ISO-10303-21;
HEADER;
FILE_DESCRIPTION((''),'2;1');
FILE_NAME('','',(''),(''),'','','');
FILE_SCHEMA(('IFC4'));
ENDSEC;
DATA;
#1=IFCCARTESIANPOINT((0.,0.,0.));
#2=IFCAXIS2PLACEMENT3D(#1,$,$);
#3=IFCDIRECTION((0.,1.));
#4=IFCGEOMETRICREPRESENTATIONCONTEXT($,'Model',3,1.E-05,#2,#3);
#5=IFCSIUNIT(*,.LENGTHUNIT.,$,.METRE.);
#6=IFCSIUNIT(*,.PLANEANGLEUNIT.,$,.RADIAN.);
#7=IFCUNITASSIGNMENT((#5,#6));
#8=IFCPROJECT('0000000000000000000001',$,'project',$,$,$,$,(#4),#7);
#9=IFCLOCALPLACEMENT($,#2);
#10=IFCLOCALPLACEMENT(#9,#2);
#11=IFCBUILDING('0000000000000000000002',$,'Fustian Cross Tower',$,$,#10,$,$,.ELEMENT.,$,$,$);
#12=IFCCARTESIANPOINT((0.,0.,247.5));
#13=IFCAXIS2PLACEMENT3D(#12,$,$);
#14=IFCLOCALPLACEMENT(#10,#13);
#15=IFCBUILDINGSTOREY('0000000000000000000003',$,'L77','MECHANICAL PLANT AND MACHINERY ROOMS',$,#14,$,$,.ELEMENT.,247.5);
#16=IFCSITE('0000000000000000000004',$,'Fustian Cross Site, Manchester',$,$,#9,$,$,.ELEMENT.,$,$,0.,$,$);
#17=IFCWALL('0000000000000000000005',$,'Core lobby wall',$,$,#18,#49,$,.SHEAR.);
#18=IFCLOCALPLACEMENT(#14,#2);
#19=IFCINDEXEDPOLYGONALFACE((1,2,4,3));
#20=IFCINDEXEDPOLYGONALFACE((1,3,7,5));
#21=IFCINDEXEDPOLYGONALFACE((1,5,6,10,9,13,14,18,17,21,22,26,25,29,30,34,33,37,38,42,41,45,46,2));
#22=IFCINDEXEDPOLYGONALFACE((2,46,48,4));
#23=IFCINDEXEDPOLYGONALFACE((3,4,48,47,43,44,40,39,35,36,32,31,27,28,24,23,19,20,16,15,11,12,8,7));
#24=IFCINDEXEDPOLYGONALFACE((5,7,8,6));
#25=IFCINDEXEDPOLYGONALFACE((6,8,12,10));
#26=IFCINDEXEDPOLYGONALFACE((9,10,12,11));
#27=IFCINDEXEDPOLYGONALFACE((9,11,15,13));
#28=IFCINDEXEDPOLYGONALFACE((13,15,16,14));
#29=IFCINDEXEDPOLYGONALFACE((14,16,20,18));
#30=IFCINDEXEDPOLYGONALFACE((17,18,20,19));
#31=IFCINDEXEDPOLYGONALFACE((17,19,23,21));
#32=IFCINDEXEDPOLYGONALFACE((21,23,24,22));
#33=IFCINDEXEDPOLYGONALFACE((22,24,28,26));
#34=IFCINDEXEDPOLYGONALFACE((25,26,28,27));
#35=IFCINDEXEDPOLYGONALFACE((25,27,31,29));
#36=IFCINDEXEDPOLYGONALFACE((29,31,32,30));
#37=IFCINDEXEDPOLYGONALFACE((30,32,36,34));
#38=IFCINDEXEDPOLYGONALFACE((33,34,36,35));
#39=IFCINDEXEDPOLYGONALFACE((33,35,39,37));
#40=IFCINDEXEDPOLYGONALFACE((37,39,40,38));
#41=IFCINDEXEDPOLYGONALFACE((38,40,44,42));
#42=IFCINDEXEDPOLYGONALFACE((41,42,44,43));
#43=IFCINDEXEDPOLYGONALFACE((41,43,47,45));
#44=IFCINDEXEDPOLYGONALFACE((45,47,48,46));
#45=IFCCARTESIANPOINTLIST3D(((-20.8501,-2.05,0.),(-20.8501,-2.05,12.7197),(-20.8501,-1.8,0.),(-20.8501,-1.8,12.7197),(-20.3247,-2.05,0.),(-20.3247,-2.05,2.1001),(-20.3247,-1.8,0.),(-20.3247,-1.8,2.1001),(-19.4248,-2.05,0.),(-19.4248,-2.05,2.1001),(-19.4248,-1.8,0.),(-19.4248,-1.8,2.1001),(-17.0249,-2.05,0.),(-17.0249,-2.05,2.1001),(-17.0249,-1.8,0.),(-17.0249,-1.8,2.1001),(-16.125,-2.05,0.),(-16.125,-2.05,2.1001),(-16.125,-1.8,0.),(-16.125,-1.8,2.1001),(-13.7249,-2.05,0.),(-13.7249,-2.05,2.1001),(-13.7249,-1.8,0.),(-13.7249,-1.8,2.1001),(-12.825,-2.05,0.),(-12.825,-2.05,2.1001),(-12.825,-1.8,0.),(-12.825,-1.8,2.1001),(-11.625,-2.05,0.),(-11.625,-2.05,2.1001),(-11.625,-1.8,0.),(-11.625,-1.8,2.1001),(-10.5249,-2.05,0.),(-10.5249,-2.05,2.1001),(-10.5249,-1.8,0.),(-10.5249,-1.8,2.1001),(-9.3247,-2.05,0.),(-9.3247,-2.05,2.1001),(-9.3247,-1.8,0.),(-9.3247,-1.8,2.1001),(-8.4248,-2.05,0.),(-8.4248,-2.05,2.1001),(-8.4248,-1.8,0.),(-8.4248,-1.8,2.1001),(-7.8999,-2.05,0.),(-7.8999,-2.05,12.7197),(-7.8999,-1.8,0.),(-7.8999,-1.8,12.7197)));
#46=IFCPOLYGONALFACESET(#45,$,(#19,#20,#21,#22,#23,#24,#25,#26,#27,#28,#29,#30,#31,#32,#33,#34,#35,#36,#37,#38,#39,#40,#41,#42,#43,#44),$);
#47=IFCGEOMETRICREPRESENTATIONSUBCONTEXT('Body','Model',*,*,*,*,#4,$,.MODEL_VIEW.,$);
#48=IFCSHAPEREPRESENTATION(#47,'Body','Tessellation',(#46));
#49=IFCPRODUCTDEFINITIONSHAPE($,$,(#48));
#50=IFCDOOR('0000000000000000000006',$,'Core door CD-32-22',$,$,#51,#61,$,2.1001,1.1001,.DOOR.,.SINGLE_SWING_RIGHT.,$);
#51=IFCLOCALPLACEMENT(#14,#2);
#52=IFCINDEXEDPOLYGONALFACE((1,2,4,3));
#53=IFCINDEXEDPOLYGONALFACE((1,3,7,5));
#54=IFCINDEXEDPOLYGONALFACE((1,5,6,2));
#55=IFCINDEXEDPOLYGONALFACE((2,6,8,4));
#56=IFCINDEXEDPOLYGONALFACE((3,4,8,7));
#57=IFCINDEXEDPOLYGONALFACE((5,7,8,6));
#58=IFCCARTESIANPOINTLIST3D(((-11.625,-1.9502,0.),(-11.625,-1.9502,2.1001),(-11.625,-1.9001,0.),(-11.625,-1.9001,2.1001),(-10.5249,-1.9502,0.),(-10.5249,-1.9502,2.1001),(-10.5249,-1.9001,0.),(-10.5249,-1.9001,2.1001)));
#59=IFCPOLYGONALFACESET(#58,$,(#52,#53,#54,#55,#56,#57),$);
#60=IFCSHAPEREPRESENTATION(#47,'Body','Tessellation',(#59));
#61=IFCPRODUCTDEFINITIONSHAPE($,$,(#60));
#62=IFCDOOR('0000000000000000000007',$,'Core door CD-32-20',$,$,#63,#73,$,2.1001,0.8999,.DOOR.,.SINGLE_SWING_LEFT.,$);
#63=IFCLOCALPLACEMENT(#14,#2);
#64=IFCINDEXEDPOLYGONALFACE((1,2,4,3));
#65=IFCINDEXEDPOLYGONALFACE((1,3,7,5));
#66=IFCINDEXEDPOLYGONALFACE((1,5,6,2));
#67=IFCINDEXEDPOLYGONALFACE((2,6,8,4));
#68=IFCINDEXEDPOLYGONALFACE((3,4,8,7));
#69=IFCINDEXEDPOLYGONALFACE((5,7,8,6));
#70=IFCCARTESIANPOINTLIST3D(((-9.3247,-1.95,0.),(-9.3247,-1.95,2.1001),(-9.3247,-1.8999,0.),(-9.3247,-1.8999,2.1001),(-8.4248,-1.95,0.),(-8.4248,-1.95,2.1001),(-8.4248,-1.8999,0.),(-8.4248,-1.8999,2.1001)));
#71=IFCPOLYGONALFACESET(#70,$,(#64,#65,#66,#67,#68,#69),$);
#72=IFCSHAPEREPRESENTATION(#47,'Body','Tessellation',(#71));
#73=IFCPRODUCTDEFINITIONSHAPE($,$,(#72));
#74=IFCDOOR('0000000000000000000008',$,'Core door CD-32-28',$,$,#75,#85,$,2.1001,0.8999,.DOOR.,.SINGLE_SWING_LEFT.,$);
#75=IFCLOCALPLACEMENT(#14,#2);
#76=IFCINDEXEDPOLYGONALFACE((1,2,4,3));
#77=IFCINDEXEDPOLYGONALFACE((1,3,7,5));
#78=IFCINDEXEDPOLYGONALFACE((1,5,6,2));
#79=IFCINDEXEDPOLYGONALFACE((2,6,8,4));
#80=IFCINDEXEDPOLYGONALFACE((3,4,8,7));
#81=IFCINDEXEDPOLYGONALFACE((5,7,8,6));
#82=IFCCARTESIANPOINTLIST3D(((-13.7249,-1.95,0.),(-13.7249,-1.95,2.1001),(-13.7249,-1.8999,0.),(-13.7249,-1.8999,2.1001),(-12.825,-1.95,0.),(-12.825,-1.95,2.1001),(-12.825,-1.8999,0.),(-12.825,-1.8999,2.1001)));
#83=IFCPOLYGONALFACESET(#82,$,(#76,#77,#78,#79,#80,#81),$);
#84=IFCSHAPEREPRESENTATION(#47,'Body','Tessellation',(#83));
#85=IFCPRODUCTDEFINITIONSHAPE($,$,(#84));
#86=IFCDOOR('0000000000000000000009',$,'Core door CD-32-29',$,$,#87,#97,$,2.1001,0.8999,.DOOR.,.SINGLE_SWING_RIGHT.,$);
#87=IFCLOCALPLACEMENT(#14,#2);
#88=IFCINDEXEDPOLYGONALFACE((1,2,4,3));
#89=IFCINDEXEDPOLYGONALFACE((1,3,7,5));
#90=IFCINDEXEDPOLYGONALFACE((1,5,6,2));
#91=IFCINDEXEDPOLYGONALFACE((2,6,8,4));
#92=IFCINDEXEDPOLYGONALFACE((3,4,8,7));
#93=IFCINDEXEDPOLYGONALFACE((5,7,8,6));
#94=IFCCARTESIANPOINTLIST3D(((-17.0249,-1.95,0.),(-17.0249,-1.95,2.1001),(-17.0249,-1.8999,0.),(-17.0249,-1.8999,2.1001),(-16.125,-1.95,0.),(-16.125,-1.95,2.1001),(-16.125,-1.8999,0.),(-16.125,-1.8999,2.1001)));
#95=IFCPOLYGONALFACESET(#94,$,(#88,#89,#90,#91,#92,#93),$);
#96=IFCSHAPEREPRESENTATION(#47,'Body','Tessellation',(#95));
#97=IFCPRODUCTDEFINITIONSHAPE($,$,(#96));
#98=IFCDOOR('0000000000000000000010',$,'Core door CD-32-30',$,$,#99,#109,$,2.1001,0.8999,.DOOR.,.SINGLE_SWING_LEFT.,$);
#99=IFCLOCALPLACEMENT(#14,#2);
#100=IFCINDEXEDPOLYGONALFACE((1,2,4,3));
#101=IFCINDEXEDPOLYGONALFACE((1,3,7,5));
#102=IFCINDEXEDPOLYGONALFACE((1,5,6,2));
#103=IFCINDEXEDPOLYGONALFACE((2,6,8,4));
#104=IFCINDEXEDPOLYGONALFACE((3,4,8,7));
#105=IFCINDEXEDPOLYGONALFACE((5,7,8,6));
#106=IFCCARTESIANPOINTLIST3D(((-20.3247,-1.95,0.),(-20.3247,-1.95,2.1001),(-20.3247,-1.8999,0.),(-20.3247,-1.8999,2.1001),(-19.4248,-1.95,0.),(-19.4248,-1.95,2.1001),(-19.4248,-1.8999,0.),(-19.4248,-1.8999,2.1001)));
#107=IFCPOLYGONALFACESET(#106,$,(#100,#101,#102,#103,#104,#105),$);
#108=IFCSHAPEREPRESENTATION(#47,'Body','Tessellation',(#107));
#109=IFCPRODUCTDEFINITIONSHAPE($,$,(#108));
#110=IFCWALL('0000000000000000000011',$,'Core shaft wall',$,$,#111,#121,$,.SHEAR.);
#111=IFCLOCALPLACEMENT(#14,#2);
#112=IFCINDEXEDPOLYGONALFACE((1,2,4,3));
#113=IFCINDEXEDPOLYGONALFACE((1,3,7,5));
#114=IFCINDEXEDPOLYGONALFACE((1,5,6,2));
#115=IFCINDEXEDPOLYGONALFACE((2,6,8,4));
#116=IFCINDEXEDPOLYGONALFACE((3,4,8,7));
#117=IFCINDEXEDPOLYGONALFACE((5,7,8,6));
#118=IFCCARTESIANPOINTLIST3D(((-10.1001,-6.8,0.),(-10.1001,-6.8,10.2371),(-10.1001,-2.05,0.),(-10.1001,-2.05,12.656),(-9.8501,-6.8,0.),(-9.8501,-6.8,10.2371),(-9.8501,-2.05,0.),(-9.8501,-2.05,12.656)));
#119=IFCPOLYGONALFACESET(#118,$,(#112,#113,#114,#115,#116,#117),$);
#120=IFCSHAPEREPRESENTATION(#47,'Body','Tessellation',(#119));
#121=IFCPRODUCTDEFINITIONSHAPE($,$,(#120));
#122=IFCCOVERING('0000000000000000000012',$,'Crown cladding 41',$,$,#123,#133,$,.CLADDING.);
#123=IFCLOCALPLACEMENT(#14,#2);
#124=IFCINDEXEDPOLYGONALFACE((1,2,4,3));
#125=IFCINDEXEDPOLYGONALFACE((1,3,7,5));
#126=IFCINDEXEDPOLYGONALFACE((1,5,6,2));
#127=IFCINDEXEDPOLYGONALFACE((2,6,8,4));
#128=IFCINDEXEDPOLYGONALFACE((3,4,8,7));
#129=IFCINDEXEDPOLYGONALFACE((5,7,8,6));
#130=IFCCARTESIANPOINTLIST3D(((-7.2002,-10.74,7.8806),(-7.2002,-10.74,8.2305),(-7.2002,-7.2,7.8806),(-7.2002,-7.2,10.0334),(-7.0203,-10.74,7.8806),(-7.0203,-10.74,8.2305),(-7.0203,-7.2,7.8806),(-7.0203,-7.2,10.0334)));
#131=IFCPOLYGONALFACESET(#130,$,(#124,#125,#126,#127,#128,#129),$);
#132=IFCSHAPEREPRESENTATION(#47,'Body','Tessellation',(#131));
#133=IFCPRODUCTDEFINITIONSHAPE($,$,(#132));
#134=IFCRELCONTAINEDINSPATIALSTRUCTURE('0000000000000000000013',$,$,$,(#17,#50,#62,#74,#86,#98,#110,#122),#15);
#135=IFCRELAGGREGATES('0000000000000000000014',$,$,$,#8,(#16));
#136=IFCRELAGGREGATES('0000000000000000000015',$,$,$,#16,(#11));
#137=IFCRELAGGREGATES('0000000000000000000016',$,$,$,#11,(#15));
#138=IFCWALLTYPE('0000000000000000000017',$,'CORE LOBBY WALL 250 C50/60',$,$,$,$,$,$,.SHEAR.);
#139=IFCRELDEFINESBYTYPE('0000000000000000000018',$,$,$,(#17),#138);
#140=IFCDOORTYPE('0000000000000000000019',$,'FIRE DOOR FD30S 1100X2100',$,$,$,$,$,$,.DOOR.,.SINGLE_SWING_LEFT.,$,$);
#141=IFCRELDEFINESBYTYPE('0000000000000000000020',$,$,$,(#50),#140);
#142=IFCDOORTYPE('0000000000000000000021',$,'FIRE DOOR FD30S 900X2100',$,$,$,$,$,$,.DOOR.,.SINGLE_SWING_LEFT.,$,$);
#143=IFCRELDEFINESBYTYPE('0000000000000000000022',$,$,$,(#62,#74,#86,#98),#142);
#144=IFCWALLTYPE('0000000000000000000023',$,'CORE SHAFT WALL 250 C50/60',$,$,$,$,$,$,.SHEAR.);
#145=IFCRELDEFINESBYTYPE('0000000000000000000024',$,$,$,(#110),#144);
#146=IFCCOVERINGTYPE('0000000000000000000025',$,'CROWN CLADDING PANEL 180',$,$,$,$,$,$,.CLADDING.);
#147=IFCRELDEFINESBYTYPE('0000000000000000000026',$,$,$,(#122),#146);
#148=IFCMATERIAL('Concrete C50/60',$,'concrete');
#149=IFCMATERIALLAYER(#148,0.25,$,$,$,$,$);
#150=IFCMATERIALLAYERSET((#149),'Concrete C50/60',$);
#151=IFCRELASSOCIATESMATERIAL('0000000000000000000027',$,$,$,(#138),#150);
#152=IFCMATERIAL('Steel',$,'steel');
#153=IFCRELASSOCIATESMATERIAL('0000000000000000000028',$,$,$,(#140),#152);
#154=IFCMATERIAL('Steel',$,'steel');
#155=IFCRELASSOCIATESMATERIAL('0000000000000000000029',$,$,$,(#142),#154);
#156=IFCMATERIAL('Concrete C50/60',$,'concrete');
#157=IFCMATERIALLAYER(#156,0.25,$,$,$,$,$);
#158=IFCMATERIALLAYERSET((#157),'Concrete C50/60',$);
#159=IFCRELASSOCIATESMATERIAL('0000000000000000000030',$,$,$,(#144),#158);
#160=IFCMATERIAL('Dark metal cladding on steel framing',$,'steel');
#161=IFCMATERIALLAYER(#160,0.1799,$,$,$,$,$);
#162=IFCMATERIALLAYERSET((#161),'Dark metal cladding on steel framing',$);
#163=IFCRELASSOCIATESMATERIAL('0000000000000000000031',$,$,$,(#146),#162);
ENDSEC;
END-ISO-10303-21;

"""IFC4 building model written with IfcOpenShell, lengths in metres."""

from ifc_helpers import new_model, si_unit, direction, frame, frame_2d, origin, place, context, subcontext, project, spatial, polyline, rectangle, outline, extrude, material, layer, layer_set, type_object, element, fill, save


model = new_model("IFC4")

# Units and contexts
model_context = context("Model", 3, precision=1e-05, world=origin(), true_north=direction((0.0, 1.0)))
body_context = subcontext(model_context, "Body", "Model", "MODEL_VIEW")
ifc_project = project(units=[si_unit("LENGTHUNIT", "METRE"), si_unit("PLANEANGLEUNIT", "RADIAN")], contexts=[model_context])

# Site, building, storey
site_placement = place(None, origin())
site = spatial("IfcSite", under=ifc_project, at=site_placement, Name="Fustian Cross Site, Manchester", CompositionType="ELEMENT", RefElevation=0.0)
building_placement = place(site_placement, origin())
building = spatial("IfcBuilding", under=site, at=building_placement, Name="Fustian Cross Tower", CompositionType="ELEMENT")
storey_placement = place(building_placement, frame((0.0, 0.0, 247.5)))
storey = spatial("IfcBuildingStorey", under=building, at=storey_placement, Name="L77", Description="MECHANICAL PLANT AND MACHINERY ROOMS", CompositionType="ELEMENT", Elevation=247.5)

# Wall, openings, doors
ifc_material_1 = material(Name="Concrete C50/60", Category="concrete")
ifc_layer_1 = layer(ifc_material_1, 0.25)
ifc_layer_set_1 = layer_set([ifc_layer_1], Name="Concrete C50/60")
wall_type_1 = type_object("IfcWallType", Name="CORE LOBBY WALL 250 C50/60", PredefinedType="SHEAR", material=ifc_layer_set_1)
wall_1_placement = place(storey_placement, frame((-7.8999, -1.925, 0.0), z_axis=(0.0, 0.0, 1.0), x_axis=(-1.0, 0.0, 0.0)))
wall_1 = element("IfcWall", 1, at=wall_1_placement, inside=storey, type_object=wall_type_1, Name="Core lobby wall", PredefinedType="SHEAR", context=body_context, shape_type="SweptSolid", body=[
    extrude(rectangle(XDim=12.9502, YDim=0.25, at=frame_2d((6.4751, 0.0))), origin(), (0.0, 0.0, 1.0), 12.7197),
])
opening_1_placement = place(wall_1_placement, frame((0.5249, 0.0, 0.0)))
opening_1 = element("IfcOpeningElement", 2, at=opening_1_placement, cuts=wall_1, PredefinedType="OPENING", context=body_context, shape_type="SweptSolid", body=[
    extrude(rectangle(XDim=0.8999, YDim=2.1001, at=frame_2d((0.45, 1.05))), frame((0.0, 0.135, 0.0), z_axis=(0.0, -1.0, 0.0), x_axis=(1.0, 0.0, 0.0)), (0.0, 0.0, 1.0), 0.27),
])
opening_2_placement = place(wall_1_placement, frame((2.625, 0.0, 0.0)))
opening_2 = element("IfcOpeningElement", 3, at=opening_2_placement, cuts=wall_1, PredefinedType="OPENING", context=body_context, shape_type="SweptSolid", body=[
    extrude(rectangle(XDim=1.1001, YDim=2.1001, at=frame_2d((0.55, 1.05))), frame((0.0, 0.135, 0.0), z_axis=(0.0, -1.0, 0.0), x_axis=(1.0, 0.0, 0.0)), (0.0, 0.0, 1.0), 0.27),
])
opening_3_placement = place(wall_1_placement, frame((4.925, 0.0, 0.0)))
opening_3 = element("IfcOpeningElement", 4, at=opening_3_placement, cuts=wall_1, PredefinedType="OPENING", context=body_context, shape_type="SweptSolid", body=[
    extrude(rectangle(XDim=0.8999, YDim=2.1001, at=frame_2d((0.45, 1.05))), frame((0.0, 0.135, 0.0), z_axis=(0.0, -1.0, 0.0), x_axis=(1.0, 0.0, 0.0)), (0.0, 0.0, 1.0), 0.27),
])
opening_4_placement = place(wall_1_placement, frame((8.2251, 0.0, 0.0)))
opening_4 = element("IfcOpeningElement", 5, at=opening_4_placement, cuts=wall_1, PredefinedType="OPENING", context=body_context, shape_type="SweptSolid", body=[
    extrude(rectangle(XDim=0.8999, YDim=2.1001, at=frame_2d((0.45, 1.05))), frame((0.0, 0.135, 0.0), z_axis=(0.0, -1.0, 0.0), x_axis=(1.0, 0.0, 0.0)), (0.0, 0.0, 1.0), 0.27),
])
opening_5_placement = place(wall_1_placement, frame((11.5249, 0.0, 0.0)))
opening_5 = element("IfcOpeningElement", 6, at=opening_5_placement, cuts=wall_1, PredefinedType="OPENING", context=body_context, shape_type="SweptSolid", body=[
    extrude(rectangle(XDim=0.8999, YDim=2.1001, at=frame_2d((0.45, 1.05))), frame((0.0, 0.135, 0.0), z_axis=(0.0, -1.0, 0.0), x_axis=(1.0, 0.0, 0.0)), (0.0, 0.0, 1.0), 0.27),
])
ifc_material_2 = material(Name="Steel", Category="steel")
door_type_1 = type_object("IfcDoorType", Name="FIRE DOOR FD30S 1100X2100", OperationType="SINGLE_SWING_LEFT", PredefinedType="DOOR", material=ifc_material_2)
door_1_placement = place(opening_2_placement, frame((1.1001, 0.0, 0.0), z_axis=(0.0, 0.0, 1.0), x_axis=(-1.0, 0.0, 0.0)))
door_1 = element("IfcDoor", 7, at=door_1_placement, inside=storey, type_object=door_type_1, Name="Core door CD-32-22", OperationType="SINGLE_SWING_RIGHT", OverallHeight=2.1001, OverallWidth=1.1001, PredefinedType="DOOR", context=body_context, shape_type="SweptSolid", body=[
    extrude(rectangle(XDim=1.1001, YDim=2.1001, at=frame_2d((0.55, 1.05))), frame((0.0, 0.0249, 0.0), z_axis=(0.0, -1.0, 0.0), x_axis=(1.0, 0.0, 0.0)), (0.0, 0.0, 1.0), 0.05),
])
fill(opening_2, door_1)
ifc_material_3 = material(Name="Steel", Category="steel")
door_type_2 = type_object("IfcDoorType", Name="FIRE DOOR FD30S 900X2100", OperationType="SINGLE_SWING_LEFT", PredefinedType="DOOR", material=ifc_material_3)
door_2_placement = place(opening_1_placement, origin())
door_2 = element("IfcDoor", 8, at=door_2_placement, inside=storey, type_object=door_type_2, Name="Core door CD-32-20", OperationType="SINGLE_SWING_LEFT", OverallHeight=2.1001, OverallWidth=0.8999, PredefinedType="DOOR", context=body_context, shape_type="SweptSolid", body=[
    extrude(rectangle(XDim=0.8999, YDim=2.1001, at=frame_2d((0.45, 1.05))), frame((0.0, 0.0249, 0.0), z_axis=(0.0, -1.0, 0.0), x_axis=(1.0, 0.0, 0.0)), (0.0, 0.0, 1.0), 0.05),
])
fill(opening_1, door_2)
door_3_placement = place(opening_3_placement, origin())
door_3 = element("IfcDoor", 9, at=door_3_placement, inside=storey, type_object=door_type_2, Name="Core door CD-32-28", OperationType="SINGLE_SWING_LEFT", OverallHeight=2.1001, OverallWidth=0.8999, PredefinedType="DOOR", context=body_context, shape_type="SweptSolid", body=[
    extrude(rectangle(XDim=0.8999, YDim=2.1001, at=frame_2d((0.45, 1.05))), frame((0.0, 0.0249, 0.0), z_axis=(0.0, -1.0, 0.0), x_axis=(1.0, 0.0, 0.0)), (0.0, 0.0, 1.0), 0.05),
])
fill(opening_3, door_3)
door_4_placement = place(opening_4_placement, origin())
door_4 = element("IfcDoor", 10, at=door_4_placement, inside=storey, type_object=door_type_2, Name="Core door CD-32-29", OperationType="SINGLE_SWING_RIGHT", OverallHeight=2.1001, OverallWidth=0.8999, PredefinedType="DOOR", context=body_context, shape_type="SweptSolid", body=[
    extrude(rectangle(XDim=0.8999, YDim=2.1001, at=frame_2d((0.45, 1.05))), frame((0.0, 0.0249, 0.0), z_axis=(0.0, -1.0, 0.0), x_axis=(1.0, 0.0, 0.0)), (0.0, 0.0, 1.0), 0.05),
])
fill(opening_4, door_4)
door_5_placement = place(opening_5_placement, origin())
door_5 = element("IfcDoor", 11, at=door_5_placement, inside=storey, type_object=door_type_2, Name="Core door CD-32-30", OperationType="SINGLE_SWING_LEFT", OverallHeight=2.1001, OverallWidth=0.8999, PredefinedType="DOOR", context=body_context, shape_type="SweptSolid", body=[
    extrude(rectangle(XDim=0.8999, YDim=2.1001, at=frame_2d((0.45, 1.05))), frame((0.0, 0.0249, 0.0), z_axis=(0.0, -1.0, 0.0), x_axis=(1.0, 0.0, 0.0)), (0.0, 0.0, 1.0), 0.05),
])
fill(opening_5, door_5)

# Wall
ifc_material_4 = material(Name="Concrete C50/60", Category="concrete")
ifc_layer_2 = layer(ifc_material_4, 0.25)
ifc_layer_set_2 = layer_set([ifc_layer_2], Name="Concrete C50/60")
wall_type_2 = type_object("IfcWallType", Name="CORE SHAFT WALL 250 C50/60", PredefinedType="SHEAR", material=ifc_layer_set_2)
wall_2_placement = place(storey_placement, frame((-9.9751, -2.05, 0.0), z_axis=(0.0, 0.0, 1.0), x_axis=(0.0, -1.0, 0.0)))
element("IfcWall", 12, at=wall_2_placement, inside=storey, type_object=wall_type_2, Name="Core shaft wall", PredefinedType="SHEAR", context=body_context, shape_type="SweptSolid", body=[
    extrude(outline(polyline([(0.0, 0.0), (4.75, 0.0), (4.75, 10.2371), (0.0, 12.656), (0.0, 0.0)])), frame((0.0, 0.125, 0.0), z_axis=(0.0, -1.0, 0.0), x_axis=(1.0, 0.0, 0.0)), (0.0, 0.0, 1.0), 0.25),
])

# Covering
ifc_material_5 = material(Name="Dark metal cladding on steel framing", Category="steel")
ifc_layer_3 = layer(ifc_material_5, 0.1799)
ifc_layer_set_3 = layer_set([ifc_layer_3], Name="Dark metal cladding on steel framing")
covering_type = type_object("IfcCoveringType", Name="CROWN CLADDING PANEL 180", PredefinedType="CLADDING", material=ifc_layer_set_3)
covering_placement = place(storey_placement, frame((-7.1101, -7.2, 7.8806), z_axis=(0.0, 0.0, 1.0), x_axis=(0.0, -1.0, 0.0)))
element("IfcCovering", 13, at=covering_placement, inside=storey, type_object=covering_type, Name="Crown cladding 41", PredefinedType="CLADDING", context=body_context, shape_type="SweptSolid", body=[
    extrude(outline(polyline([(0.0, 0.0), (3.54, 0.0), (3.54, 0.3499), (0.0, 2.1528), (0.0, 0.0)])), frame((0.0, 0.0898, 0.0), z_axis=(0.0, -1.0, 0.0), x_axis=(1.0, 0.0, 0.0)), (0.0, 0.0, 1.0), 0.1799),
])

save(model, "model.ifc")
